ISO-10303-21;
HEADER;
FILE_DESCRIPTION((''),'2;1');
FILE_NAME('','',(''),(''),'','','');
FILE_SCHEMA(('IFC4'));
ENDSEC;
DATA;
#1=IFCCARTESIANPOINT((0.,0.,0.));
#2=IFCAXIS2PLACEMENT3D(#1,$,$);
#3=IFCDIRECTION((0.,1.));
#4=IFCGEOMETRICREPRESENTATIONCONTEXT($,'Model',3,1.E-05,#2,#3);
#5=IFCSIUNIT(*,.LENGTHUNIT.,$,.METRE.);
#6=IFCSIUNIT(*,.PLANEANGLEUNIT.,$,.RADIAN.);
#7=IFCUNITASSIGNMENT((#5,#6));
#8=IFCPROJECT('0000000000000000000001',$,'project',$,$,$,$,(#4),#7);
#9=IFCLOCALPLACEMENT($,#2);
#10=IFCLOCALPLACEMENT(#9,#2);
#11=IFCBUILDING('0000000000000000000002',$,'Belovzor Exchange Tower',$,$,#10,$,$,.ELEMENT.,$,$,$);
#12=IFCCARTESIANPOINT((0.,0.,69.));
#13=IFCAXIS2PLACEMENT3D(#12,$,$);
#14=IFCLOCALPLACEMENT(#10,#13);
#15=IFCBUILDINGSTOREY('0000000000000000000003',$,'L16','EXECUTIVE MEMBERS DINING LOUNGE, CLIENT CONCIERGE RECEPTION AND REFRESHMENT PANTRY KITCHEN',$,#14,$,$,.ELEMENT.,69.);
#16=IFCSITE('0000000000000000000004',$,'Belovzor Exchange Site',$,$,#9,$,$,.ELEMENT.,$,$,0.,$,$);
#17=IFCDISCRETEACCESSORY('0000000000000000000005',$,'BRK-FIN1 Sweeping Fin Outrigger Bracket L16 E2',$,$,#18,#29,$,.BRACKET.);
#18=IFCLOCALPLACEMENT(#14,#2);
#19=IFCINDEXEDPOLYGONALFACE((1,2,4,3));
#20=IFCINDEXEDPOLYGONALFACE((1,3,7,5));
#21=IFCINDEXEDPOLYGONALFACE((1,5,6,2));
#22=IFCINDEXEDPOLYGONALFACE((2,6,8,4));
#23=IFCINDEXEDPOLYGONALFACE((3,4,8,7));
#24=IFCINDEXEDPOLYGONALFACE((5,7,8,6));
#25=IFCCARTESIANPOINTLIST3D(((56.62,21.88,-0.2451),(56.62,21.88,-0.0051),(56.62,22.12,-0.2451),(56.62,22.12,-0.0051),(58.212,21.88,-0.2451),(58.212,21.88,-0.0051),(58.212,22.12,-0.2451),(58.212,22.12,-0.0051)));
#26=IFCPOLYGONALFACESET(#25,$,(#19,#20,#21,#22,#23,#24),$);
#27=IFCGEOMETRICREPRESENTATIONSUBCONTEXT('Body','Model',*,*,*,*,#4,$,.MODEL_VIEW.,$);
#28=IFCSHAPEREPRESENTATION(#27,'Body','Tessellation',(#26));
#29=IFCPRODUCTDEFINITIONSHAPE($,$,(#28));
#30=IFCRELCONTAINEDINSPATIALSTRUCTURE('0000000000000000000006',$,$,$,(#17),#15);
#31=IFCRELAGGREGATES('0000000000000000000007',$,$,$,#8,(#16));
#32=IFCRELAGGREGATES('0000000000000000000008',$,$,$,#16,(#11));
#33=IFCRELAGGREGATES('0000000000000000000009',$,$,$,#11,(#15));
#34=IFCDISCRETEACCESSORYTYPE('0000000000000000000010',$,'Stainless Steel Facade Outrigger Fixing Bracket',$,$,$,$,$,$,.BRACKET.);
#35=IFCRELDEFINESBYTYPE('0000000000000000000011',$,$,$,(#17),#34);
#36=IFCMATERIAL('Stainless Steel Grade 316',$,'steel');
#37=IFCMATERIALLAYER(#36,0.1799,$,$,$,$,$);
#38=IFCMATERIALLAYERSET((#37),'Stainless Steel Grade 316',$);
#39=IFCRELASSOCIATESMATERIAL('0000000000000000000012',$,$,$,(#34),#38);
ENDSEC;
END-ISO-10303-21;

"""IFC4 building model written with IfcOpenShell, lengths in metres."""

from ifc_helpers import new_model, si_unit, direction, frame, origin, origin_2d, place, context, subcontext, project, spatial, rectangle, extrude, material, layer, layer_set, type_object, element, save


model = new_model("IFC4")

# Units and contexts
model_context = context("Model", 3, precision=1e-05, world=origin(), true_north=direction((0.0, 1.0)))
body_context = subcontext(model_context, "Body", "Model", "MODEL_VIEW")
ifc_project = project(units=[si_unit("LENGTHUNIT", "METRE"), si_unit("PLANEANGLEUNIT", "RADIAN")], contexts=[model_context])

# Site, building, storey
site_placement = place(None, origin())
site = spatial("IfcSite", under=ifc_project, at=site_placement, Name="Belovzor Exchange Site", CompositionType="ELEMENT", RefElevation=0.0)
building_placement = place(site_placement, origin())
building = spatial("IfcBuilding", under=site, at=building_placement, Name="Belovzor Exchange Tower", CompositionType="ELEMENT")
storey_placement = place(building_placement, frame((0.0, 0.0, 69.0)))
storey = spatial("IfcBuildingStorey", under=building, at=storey_placement, Name="L16", Description="EXECUTIVE MEMBERS DINING LOUNGE, CLIENT CONCIERGE RECEPTION AND REFRESHMENT PANTRY KITCHEN", CompositionType="ELEMENT", Elevation=69.0)

# Discrete accessory
ifc_material_1 = material(Name="Stainless Steel Grade 316", Category="steel")
ifc_layer_1 = layer(ifc_material_1, 0.1799)
ifc_layer_set_1 = layer_set([ifc_layer_1], Name="Stainless Steel Grade 316")
discrete_accessory_type = type_object("IfcDiscreteAccessoryType", Name="Stainless Steel Facade Outrigger Fixing Bracket", PredefinedType="BRACKET", material=ifc_layer_set_1)
discrete_accessory_placement = place(storey_placement, frame((57.416, 22.0, -0.2451), z_axis=(0.0, 0.0, 1.0), x_axis=(1.0, 0.0, 0.0)))
element("IfcDiscreteAccessory", 1, at=discrete_accessory_placement, inside=storey, type_object=discrete_accessory_type, Name="BRK-FIN1 Sweeping Fin Outrigger Bracket L16 E2", PredefinedType="BRACKET", context=body_context, shape_type="SweptSolid", body=[
    extrude(rectangle(XDim=1.592, YDim=0.24, at=origin_2d()), origin(), (0.0, 0.0, 1.0), 0.24),
])

save(model, "model.ifc")
